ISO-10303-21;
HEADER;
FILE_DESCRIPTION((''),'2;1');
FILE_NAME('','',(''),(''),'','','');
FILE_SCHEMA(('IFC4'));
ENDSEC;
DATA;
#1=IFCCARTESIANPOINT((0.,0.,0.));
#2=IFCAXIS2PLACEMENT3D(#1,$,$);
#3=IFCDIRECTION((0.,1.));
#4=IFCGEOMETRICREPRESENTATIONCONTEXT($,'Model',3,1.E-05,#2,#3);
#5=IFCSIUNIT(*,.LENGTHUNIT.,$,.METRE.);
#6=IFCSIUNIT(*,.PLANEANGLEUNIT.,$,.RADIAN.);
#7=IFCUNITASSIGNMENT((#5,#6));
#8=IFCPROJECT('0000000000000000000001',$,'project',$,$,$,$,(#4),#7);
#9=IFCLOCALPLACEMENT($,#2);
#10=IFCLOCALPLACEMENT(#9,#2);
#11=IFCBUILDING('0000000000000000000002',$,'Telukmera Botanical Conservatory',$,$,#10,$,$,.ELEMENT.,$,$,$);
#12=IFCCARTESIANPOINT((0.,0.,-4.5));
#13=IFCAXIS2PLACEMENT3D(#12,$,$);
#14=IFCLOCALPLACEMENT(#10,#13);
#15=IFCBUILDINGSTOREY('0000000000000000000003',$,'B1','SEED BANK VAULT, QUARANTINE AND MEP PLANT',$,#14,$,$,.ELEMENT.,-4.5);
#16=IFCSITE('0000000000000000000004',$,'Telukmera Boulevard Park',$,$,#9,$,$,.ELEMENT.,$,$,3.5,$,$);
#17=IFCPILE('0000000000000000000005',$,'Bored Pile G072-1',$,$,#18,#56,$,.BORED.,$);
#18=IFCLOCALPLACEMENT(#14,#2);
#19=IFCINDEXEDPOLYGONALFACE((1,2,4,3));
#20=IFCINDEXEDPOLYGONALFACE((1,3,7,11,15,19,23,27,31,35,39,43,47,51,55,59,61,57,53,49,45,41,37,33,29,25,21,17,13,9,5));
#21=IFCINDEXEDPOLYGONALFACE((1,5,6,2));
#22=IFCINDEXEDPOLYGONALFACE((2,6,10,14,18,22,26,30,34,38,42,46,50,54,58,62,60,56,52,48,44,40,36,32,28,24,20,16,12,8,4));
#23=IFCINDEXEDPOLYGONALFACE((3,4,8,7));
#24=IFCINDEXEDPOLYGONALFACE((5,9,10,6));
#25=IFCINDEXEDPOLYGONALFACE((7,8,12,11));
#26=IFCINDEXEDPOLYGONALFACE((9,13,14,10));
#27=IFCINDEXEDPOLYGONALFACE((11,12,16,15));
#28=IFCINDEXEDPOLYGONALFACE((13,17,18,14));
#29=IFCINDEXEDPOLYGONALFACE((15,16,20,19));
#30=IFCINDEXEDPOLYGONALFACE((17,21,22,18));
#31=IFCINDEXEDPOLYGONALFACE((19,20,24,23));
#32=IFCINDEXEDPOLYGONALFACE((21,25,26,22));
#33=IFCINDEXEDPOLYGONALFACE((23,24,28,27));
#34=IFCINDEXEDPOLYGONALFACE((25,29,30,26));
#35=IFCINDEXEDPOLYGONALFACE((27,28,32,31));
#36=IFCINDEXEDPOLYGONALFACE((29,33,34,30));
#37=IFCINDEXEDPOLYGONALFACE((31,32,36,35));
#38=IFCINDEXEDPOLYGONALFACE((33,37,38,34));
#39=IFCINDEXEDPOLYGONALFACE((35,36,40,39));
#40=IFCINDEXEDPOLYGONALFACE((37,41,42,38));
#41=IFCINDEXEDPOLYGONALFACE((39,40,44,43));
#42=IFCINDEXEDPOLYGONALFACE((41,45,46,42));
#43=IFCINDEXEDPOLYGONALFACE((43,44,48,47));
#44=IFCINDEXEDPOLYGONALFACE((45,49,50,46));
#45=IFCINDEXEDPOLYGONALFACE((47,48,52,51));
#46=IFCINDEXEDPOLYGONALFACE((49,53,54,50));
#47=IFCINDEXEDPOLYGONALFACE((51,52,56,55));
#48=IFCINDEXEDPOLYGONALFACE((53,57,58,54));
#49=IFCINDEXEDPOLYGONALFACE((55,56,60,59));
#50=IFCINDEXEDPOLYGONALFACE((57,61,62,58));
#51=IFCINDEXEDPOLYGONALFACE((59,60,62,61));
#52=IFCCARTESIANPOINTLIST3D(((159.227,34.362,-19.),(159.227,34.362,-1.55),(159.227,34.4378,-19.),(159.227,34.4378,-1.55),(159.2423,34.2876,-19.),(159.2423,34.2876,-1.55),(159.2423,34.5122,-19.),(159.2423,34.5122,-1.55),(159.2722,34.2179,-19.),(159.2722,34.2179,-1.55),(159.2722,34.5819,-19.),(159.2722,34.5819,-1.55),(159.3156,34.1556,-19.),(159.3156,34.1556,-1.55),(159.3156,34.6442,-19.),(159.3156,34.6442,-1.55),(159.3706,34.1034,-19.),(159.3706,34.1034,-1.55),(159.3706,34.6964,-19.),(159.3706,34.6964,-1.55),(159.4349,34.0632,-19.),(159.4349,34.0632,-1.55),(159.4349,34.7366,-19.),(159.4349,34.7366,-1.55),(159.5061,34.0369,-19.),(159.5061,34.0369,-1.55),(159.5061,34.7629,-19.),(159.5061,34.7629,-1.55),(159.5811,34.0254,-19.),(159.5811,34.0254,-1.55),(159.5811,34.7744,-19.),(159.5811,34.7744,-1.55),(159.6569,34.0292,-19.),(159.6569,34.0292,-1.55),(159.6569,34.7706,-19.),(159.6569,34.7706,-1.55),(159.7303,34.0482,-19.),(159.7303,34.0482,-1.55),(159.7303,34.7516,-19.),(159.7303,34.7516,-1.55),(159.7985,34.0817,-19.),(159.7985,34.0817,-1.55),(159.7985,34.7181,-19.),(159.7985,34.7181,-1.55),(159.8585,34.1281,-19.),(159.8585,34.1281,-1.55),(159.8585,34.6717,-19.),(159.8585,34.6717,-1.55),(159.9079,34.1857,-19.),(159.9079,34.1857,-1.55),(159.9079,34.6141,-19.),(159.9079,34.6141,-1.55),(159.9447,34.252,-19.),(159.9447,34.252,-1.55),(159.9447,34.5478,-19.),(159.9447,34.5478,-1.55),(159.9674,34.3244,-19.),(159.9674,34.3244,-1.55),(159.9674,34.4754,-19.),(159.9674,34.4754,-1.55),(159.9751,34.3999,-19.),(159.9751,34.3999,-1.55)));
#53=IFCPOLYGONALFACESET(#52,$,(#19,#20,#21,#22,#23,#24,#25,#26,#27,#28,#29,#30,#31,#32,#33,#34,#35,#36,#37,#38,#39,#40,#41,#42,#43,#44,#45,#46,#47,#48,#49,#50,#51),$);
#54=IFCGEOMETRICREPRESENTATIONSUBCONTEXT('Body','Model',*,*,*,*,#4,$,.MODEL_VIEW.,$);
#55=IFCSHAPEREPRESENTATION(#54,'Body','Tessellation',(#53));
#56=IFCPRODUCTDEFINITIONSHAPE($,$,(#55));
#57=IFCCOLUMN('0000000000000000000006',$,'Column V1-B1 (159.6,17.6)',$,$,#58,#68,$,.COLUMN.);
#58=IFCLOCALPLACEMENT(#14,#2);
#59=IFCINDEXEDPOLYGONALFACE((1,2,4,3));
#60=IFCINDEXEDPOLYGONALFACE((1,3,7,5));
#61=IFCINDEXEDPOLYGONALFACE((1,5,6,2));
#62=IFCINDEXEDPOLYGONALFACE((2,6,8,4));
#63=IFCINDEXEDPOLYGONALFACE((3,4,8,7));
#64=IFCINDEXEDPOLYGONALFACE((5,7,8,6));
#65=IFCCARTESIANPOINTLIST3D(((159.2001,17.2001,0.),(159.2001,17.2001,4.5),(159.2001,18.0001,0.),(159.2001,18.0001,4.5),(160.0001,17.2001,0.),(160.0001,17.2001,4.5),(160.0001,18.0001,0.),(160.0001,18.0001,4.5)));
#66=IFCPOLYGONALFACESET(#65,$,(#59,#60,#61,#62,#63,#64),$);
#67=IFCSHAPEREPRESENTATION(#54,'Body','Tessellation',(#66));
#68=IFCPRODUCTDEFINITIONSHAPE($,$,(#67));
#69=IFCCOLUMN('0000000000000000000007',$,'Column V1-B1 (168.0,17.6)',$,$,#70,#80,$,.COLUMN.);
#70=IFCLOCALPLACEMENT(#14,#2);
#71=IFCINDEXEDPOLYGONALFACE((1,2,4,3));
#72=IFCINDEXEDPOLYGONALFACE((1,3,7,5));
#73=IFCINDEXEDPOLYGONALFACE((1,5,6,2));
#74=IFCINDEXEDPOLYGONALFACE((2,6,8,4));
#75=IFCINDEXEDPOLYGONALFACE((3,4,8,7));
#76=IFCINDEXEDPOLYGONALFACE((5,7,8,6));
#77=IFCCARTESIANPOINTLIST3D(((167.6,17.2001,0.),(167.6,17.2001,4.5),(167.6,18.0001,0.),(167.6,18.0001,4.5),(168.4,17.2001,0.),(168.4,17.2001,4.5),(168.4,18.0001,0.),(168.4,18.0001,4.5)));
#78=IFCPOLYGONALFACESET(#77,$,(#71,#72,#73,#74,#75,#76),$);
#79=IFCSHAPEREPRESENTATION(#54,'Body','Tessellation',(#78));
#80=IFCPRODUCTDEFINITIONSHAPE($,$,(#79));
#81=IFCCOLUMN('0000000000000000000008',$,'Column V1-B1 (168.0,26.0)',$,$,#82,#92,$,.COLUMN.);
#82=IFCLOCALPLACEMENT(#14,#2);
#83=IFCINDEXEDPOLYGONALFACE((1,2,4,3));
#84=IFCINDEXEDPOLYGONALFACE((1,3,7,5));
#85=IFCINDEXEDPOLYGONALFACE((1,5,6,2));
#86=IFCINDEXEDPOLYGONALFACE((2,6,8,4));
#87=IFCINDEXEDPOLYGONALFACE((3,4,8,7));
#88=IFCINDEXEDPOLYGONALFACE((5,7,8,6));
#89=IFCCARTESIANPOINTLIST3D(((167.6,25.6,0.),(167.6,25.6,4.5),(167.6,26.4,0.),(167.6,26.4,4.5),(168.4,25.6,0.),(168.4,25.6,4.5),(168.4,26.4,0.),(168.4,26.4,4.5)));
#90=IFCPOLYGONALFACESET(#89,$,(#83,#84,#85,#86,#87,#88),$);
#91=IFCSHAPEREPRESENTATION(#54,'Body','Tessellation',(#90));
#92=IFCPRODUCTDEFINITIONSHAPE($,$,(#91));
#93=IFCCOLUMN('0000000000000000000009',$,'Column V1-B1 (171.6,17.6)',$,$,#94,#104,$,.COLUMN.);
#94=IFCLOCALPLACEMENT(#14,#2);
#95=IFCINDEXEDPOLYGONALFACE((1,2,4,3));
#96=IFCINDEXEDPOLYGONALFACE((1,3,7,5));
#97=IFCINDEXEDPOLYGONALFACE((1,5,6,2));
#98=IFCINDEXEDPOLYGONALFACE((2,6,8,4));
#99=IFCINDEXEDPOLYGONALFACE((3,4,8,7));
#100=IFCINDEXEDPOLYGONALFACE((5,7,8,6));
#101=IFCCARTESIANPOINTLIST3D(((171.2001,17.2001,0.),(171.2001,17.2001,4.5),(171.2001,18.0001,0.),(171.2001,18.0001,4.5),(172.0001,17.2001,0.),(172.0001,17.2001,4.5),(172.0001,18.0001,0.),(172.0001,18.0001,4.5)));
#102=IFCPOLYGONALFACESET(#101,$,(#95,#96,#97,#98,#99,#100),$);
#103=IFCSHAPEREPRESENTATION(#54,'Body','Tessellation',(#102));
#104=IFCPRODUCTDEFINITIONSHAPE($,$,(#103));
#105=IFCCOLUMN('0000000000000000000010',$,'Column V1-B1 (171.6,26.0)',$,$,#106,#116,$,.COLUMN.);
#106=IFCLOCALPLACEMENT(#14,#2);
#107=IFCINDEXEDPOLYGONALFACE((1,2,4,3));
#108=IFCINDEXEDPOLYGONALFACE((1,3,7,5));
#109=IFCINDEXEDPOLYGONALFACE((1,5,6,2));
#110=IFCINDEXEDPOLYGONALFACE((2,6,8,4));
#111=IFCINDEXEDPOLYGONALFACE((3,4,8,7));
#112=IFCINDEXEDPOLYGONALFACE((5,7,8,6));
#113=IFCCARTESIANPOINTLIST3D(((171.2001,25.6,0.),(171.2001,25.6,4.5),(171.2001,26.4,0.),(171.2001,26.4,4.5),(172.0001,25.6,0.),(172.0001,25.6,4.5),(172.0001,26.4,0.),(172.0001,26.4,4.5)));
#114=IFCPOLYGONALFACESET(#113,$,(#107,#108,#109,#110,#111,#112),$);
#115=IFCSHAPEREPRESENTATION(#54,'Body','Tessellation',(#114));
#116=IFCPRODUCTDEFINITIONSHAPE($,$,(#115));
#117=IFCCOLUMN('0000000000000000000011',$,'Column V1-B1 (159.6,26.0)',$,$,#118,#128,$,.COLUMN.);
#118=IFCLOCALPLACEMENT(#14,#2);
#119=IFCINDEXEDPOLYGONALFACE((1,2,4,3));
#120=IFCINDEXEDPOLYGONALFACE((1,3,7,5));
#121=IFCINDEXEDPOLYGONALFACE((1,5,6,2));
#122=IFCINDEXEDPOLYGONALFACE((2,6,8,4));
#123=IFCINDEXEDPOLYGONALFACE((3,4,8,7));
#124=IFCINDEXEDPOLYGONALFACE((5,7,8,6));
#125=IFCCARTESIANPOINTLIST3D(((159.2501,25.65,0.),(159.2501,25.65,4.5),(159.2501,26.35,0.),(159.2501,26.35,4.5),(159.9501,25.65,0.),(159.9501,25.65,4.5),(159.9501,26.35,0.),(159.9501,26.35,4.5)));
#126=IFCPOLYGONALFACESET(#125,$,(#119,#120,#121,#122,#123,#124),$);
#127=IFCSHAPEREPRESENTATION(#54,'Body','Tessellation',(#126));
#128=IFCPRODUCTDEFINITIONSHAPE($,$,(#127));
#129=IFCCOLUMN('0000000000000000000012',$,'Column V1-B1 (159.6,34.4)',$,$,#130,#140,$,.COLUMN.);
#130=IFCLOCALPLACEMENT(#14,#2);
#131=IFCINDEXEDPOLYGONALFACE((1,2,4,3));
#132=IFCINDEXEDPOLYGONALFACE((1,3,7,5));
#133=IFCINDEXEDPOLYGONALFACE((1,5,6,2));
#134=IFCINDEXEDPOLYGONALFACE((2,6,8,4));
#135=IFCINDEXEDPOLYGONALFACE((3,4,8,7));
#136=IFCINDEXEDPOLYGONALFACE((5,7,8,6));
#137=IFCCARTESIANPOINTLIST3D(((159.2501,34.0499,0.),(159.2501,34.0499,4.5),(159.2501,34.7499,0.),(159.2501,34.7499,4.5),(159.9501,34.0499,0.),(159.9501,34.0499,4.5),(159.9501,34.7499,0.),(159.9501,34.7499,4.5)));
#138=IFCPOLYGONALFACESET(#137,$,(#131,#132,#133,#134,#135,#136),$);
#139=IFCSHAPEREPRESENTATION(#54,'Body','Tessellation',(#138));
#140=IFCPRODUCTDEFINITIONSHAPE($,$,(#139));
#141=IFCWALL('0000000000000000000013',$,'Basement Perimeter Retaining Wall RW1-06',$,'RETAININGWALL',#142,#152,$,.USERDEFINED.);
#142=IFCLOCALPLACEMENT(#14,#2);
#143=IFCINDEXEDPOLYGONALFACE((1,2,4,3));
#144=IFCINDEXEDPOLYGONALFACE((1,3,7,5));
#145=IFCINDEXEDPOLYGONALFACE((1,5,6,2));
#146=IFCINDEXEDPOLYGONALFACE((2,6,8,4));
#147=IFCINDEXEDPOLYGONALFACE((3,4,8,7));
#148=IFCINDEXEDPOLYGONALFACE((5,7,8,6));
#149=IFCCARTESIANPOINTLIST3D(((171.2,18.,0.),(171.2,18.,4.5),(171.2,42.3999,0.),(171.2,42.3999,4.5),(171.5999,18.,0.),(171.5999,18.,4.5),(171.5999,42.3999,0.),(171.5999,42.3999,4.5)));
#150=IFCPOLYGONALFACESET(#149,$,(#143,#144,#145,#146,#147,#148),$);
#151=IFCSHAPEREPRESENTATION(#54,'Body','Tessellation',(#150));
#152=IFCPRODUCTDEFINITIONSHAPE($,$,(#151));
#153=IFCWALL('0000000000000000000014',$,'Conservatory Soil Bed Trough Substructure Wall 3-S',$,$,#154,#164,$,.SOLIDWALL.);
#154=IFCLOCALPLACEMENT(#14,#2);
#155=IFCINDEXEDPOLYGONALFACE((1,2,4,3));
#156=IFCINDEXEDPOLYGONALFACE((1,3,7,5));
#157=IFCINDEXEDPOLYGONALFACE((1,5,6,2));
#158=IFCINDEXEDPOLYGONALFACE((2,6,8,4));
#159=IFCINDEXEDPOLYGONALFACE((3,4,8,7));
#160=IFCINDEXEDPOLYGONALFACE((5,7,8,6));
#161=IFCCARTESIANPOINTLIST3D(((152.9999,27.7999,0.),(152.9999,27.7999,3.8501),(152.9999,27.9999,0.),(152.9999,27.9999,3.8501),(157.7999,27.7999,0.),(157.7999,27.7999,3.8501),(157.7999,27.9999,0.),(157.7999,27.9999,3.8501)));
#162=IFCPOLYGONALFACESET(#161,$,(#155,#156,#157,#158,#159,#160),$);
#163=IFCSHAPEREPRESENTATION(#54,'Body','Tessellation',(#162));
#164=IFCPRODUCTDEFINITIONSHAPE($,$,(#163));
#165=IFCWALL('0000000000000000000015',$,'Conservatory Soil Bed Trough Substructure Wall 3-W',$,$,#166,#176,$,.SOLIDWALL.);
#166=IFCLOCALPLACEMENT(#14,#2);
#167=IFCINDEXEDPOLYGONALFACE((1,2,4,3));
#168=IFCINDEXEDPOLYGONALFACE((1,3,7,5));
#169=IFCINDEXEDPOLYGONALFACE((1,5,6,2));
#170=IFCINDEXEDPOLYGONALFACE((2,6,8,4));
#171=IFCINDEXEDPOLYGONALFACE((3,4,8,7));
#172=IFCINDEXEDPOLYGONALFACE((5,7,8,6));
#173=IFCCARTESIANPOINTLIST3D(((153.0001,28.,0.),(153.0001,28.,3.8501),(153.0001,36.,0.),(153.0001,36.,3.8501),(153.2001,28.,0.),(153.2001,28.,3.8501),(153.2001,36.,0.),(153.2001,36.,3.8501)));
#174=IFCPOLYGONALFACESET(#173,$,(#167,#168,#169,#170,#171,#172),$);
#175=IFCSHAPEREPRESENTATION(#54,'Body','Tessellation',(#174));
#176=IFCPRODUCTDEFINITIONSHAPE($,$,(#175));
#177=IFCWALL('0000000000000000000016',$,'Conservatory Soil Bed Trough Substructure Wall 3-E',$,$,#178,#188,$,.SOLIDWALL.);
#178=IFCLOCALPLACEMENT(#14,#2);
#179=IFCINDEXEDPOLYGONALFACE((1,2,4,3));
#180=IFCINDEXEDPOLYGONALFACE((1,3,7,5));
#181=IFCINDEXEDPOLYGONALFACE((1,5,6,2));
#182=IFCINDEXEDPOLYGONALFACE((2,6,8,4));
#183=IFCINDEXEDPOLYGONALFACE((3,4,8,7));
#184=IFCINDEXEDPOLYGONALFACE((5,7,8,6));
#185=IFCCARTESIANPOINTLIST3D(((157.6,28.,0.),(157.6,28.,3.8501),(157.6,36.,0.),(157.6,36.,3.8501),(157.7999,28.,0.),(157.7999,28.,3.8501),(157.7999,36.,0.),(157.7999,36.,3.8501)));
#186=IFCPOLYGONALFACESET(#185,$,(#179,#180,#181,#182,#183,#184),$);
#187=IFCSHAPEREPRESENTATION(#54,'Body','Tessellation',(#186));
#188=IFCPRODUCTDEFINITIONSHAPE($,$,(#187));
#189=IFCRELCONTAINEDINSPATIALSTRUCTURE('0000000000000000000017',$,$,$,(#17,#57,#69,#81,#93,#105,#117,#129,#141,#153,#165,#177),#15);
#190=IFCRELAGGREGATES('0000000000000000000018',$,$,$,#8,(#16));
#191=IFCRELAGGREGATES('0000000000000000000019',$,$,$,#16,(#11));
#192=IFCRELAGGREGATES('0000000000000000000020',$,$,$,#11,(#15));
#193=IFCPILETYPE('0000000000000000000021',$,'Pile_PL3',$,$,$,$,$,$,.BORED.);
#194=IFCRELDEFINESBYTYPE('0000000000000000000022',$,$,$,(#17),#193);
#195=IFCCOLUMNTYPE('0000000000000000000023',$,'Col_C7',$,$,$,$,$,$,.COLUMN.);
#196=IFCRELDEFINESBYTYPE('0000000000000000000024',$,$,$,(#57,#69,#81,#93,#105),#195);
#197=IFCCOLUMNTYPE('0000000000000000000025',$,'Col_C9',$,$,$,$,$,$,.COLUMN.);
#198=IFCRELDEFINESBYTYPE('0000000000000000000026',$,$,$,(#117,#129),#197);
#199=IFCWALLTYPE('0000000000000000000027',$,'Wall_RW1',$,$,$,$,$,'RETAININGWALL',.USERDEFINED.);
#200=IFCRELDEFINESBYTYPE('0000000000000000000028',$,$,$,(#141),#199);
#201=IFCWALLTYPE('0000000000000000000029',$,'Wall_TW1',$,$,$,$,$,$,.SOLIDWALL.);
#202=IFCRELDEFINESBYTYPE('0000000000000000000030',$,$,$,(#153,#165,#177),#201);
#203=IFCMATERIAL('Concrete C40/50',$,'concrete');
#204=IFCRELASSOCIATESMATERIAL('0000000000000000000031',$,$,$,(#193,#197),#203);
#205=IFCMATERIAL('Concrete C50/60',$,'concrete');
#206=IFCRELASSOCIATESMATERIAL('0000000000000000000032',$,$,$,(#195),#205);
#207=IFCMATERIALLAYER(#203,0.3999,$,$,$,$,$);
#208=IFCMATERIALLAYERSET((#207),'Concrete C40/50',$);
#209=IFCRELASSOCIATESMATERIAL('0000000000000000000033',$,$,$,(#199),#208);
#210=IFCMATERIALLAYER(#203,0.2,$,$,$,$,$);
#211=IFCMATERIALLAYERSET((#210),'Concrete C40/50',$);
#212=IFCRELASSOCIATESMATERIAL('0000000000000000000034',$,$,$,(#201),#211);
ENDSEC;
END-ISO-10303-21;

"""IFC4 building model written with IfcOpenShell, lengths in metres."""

from ifc_helpers import new_model, si_unit, direction, frame, frame_2d, origin, origin_2d, place, context, subcontext, project, spatial, rectangle, circle, extrude, material, layer, layer_set, material_profile, profile_set, type_object, element, save


model = new_model("IFC4")

# Units and contexts
model_context = context("Model", 3, precision=1e-05, world=origin(), true_north=direction((0.0, 1.0)))
body_context = subcontext(model_context, "Body", "Model", "MODEL_VIEW")
ifc_project = project(units=[si_unit("LENGTHUNIT", "METRE"), si_unit("PLANEANGLEUNIT", "RADIAN")], contexts=[model_context])

# Site, building, storey
site_placement = place(None, origin())
site = spatial("IfcSite", under=ifc_project, at=site_placement, Name="Telukmera Boulevard Park", CompositionType="ELEMENT", RefElevation=3.5)
building_placement = place(site_placement, origin())
building = spatial("IfcBuilding", under=site, at=building_placement, Name="Telukmera Botanical Conservatory", CompositionType="ELEMENT")
storey_placement = place(building_placement, frame((0.0, 0.0, -4.5)))
storey = spatial("IfcBuildingStorey", under=building, at=storey_placement, Name="B1", Description="SEED BANK VAULT, QUARANTINE AND MEP PLANT", CompositionType="ELEMENT", Elevation=-4.5)

# Shared definitions
ifc_material_1 = material(Name="Concrete C50/60", Category="concrete")
ifc_material_2 = material(Name="Concrete C40/50", Category="concrete")

# Pile
ifc_material_profile_1 = material_profile(ifc_material_2, circle(Radius=0.375, at=origin_2d()), Name="PILE D750")
ifc_profile_set_1 = profile_set([ifc_material_profile_1], Name="Concrete C40/50")
pile_type = type_object("IfcPileType", Name="Pile_PL3", PredefinedType="BORED", material=ifc_profile_set_1)
for number, where, z_axis, x_axis, name in (
    (1, (159.6001, 34.3999, -1.55), (0.0, 0.0, -1.0), (1.0, 0.0, 0.0), "Bored Pile G072-1"),
):
    element("IfcPile", number, at=place(storey_placement, frame(where, z_axis=z_axis, x_axis=x_axis)), inside=storey, type_object=pile_type, Name=name, PredefinedType="BORED", context=body_context, shape_type="SweptSolid", body=[
        extrude(circle(Radius=0.375, at=origin_2d()), origin(), (0.0, 0.0, 1.0), 17.45),
    ])

# Columns
ifc_material_profile_2 = material_profile(ifc_material_1, rectangle(XDim=0.8, YDim=0.8, at=origin_2d()), Name="RC 800x800")
ifc_profile_set_2 = profile_set([ifc_material_profile_2], Name="Concrete C50/60")
column_type_1 = type_object("IfcColumnType", Name="Col_C7", PredefinedType="COLUMN", material=ifc_profile_set_2)
for number, where, z_axis, x_axis, name in (
    (2, (159.6001, 17.6001, 0.0), (0.0, 0.0, 1.0), (1.0, 0.0, 0.0), "Column V1-B1 (159.6,17.6)"),
    (3, (168.0, 17.6001, 0.0), (0.0, 0.0, 1.0), (1.0, 0.0, 0.0), "Column V1-B1 (168.0,17.6)"),
    (4, (168.0, 26.0, 0.0), (0.0, 0.0, 1.0), (1.0, 0.0, 0.0), "Column V1-B1 (168.0,26.0)"),
    (5, (171.6001, 17.6001, 0.0), (0.0, 0.0, 1.0), (1.0, 0.0, 0.0), "Column V1-B1 (171.6,17.6)"),
    (6, (171.6001, 26.0, 0.0), (0.0, 0.0, 1.0), (1.0, 0.0, 0.0), "Column V1-B1 (171.6,26.0)"),
):
    element("IfcColumn", number, at=place(storey_placement, frame(where, z_axis=z_axis, x_axis=x_axis)), inside=storey, type_object=column_type_1, Name=name, PredefinedType="COLUMN", context=body_context, shape_type="SweptSolid", body=[
        extrude(rectangle(XDim=0.8, YDim=0.8, at=origin_2d()), origin(), (0.0, 0.0, 1.0), 4.5),
    ])
ifc_material_profile_3 = material_profile(ifc_material_2, rectangle(XDim=0.7, YDim=0.7, at=origin_2d()), Name="RC 700x700")
ifc_profile_set_3 = profile_set([ifc_material_profile_3], Name="Concrete C40/50")
column_type_2 = type_object("IfcColumnType", Name="Col_C9", PredefinedType="COLUMN", material=ifc_profile_set_3)
for number, where, z_axis, x_axis, name in (
    (7, (159.6001, 26.0, 0.0), (0.0, 0.0, 1.0), (1.0, 0.0, 0.0), "Column V1-B1 (159.6,26.0)"),
    (8, (159.6001, 34.3999, 0.0), (0.0, 0.0, 1.0), (1.0, 0.0, 0.0), "Column V1-B1 (159.6,34.4)"),
):
    element("IfcColumn", number, at=place(storey_placement, frame(where, z_axis=z_axis, x_axis=x_axis)), inside=storey, type_object=column_type_2, Name=name, PredefinedType="COLUMN", context=body_context, shape_type="SweptSolid", body=[
        extrude(rectangle(XDim=0.7, YDim=0.7, at=origin_2d()), origin(), (0.0, 0.0, 1.0), 4.5),
    ])

# Walls
ifc_layer_1 = layer(ifc_material_2, 0.3999)
ifc_layer_set_1 = layer_set([ifc_layer_1], Name="Concrete C40/50")
wall_type_1 = type_object("IfcWallType", Name="Wall_RW1", ElementType="RETAININGWALL", PredefinedType="USERDEFINED", material=ifc_layer_set_1)
wall_1_placement = place(storey_placement, frame((171.3999, 18.0, 0.0), z_axis=(0.0, 0.0, 1.0), x_axis=(0.0, 1.0, 0.0)))
element("IfcWall", 9, at=wall_1_placement, inside=storey, type_object=wall_type_1, Name="Basement Perimeter Retaining Wall RW1-06", ObjectType="RETAININGWALL", PredefinedType="USERDEFINED", context=body_context, shape_type="SweptSolid", body=[
    extrude(rectangle(XDim=24.3999, YDim=0.3999, at=frame_2d((12.2, 0.0))), origin(), (0.0, 0.0, 1.0), 4.5),
])
ifc_layer_2 = layer(ifc_material_2, 0.2)
ifc_layer_set_2 = layer_set([ifc_layer_2], Name="Concrete C40/50")
wall_type_2 = type_object("IfcWallType", Name="Wall_TW1", PredefinedType="SOLIDWALL", material=ifc_layer_set_2)
wall_2_placement = place(storey_placement, frame((153.0, 27.8999, 0.0), z_axis=(0.0, 0.0, 1.0), x_axis=(1.0, 0.0, 0.0)))
element("IfcWall", 10, at=wall_2_placement, inside=storey, type_object=wall_type_2, Name="Conservatory Soil Bed Trough Substructure Wall 3-S", PredefinedType="SOLIDWALL", context=body_context, shape_type="SweptSolid", body=[
    extrude(rectangle(XDim=4.8, YDim=0.2, at=frame_2d((2.3999, 0.0))), origin(), (0.0, 0.0, 1.0), 3.8501),
])
for number, where, z_axis, x_axis, name in (
    (11, (153.1001, 28.0, 0.0), (0.0, 0.0, 1.0), (0.0, 1.0, 0.0), "Conservatory Soil Bed Trough Substructure Wall 3-W"),
    (12, (157.7, 28.0, 0.0), (0.0, 0.0, 1.0), (0.0, 1.0, 0.0), "Conservatory Soil Bed Trough Substructure Wall 3-E"),
):
    element("IfcWall", number, at=place(storey_placement, frame(where, z_axis=z_axis, x_axis=x_axis)), inside=storey, type_object=wall_type_2, Name=name, PredefinedType="SOLIDWALL", context=body_context, shape_type="SweptSolid", body=[
        extrude(rectangle(XDim=8.0, YDim=0.2, at=frame_2d((4.0, 0.0))), origin(), (0.0, 0.0, 1.0), 3.8501),
    ])

save(model, "model.ifc")
